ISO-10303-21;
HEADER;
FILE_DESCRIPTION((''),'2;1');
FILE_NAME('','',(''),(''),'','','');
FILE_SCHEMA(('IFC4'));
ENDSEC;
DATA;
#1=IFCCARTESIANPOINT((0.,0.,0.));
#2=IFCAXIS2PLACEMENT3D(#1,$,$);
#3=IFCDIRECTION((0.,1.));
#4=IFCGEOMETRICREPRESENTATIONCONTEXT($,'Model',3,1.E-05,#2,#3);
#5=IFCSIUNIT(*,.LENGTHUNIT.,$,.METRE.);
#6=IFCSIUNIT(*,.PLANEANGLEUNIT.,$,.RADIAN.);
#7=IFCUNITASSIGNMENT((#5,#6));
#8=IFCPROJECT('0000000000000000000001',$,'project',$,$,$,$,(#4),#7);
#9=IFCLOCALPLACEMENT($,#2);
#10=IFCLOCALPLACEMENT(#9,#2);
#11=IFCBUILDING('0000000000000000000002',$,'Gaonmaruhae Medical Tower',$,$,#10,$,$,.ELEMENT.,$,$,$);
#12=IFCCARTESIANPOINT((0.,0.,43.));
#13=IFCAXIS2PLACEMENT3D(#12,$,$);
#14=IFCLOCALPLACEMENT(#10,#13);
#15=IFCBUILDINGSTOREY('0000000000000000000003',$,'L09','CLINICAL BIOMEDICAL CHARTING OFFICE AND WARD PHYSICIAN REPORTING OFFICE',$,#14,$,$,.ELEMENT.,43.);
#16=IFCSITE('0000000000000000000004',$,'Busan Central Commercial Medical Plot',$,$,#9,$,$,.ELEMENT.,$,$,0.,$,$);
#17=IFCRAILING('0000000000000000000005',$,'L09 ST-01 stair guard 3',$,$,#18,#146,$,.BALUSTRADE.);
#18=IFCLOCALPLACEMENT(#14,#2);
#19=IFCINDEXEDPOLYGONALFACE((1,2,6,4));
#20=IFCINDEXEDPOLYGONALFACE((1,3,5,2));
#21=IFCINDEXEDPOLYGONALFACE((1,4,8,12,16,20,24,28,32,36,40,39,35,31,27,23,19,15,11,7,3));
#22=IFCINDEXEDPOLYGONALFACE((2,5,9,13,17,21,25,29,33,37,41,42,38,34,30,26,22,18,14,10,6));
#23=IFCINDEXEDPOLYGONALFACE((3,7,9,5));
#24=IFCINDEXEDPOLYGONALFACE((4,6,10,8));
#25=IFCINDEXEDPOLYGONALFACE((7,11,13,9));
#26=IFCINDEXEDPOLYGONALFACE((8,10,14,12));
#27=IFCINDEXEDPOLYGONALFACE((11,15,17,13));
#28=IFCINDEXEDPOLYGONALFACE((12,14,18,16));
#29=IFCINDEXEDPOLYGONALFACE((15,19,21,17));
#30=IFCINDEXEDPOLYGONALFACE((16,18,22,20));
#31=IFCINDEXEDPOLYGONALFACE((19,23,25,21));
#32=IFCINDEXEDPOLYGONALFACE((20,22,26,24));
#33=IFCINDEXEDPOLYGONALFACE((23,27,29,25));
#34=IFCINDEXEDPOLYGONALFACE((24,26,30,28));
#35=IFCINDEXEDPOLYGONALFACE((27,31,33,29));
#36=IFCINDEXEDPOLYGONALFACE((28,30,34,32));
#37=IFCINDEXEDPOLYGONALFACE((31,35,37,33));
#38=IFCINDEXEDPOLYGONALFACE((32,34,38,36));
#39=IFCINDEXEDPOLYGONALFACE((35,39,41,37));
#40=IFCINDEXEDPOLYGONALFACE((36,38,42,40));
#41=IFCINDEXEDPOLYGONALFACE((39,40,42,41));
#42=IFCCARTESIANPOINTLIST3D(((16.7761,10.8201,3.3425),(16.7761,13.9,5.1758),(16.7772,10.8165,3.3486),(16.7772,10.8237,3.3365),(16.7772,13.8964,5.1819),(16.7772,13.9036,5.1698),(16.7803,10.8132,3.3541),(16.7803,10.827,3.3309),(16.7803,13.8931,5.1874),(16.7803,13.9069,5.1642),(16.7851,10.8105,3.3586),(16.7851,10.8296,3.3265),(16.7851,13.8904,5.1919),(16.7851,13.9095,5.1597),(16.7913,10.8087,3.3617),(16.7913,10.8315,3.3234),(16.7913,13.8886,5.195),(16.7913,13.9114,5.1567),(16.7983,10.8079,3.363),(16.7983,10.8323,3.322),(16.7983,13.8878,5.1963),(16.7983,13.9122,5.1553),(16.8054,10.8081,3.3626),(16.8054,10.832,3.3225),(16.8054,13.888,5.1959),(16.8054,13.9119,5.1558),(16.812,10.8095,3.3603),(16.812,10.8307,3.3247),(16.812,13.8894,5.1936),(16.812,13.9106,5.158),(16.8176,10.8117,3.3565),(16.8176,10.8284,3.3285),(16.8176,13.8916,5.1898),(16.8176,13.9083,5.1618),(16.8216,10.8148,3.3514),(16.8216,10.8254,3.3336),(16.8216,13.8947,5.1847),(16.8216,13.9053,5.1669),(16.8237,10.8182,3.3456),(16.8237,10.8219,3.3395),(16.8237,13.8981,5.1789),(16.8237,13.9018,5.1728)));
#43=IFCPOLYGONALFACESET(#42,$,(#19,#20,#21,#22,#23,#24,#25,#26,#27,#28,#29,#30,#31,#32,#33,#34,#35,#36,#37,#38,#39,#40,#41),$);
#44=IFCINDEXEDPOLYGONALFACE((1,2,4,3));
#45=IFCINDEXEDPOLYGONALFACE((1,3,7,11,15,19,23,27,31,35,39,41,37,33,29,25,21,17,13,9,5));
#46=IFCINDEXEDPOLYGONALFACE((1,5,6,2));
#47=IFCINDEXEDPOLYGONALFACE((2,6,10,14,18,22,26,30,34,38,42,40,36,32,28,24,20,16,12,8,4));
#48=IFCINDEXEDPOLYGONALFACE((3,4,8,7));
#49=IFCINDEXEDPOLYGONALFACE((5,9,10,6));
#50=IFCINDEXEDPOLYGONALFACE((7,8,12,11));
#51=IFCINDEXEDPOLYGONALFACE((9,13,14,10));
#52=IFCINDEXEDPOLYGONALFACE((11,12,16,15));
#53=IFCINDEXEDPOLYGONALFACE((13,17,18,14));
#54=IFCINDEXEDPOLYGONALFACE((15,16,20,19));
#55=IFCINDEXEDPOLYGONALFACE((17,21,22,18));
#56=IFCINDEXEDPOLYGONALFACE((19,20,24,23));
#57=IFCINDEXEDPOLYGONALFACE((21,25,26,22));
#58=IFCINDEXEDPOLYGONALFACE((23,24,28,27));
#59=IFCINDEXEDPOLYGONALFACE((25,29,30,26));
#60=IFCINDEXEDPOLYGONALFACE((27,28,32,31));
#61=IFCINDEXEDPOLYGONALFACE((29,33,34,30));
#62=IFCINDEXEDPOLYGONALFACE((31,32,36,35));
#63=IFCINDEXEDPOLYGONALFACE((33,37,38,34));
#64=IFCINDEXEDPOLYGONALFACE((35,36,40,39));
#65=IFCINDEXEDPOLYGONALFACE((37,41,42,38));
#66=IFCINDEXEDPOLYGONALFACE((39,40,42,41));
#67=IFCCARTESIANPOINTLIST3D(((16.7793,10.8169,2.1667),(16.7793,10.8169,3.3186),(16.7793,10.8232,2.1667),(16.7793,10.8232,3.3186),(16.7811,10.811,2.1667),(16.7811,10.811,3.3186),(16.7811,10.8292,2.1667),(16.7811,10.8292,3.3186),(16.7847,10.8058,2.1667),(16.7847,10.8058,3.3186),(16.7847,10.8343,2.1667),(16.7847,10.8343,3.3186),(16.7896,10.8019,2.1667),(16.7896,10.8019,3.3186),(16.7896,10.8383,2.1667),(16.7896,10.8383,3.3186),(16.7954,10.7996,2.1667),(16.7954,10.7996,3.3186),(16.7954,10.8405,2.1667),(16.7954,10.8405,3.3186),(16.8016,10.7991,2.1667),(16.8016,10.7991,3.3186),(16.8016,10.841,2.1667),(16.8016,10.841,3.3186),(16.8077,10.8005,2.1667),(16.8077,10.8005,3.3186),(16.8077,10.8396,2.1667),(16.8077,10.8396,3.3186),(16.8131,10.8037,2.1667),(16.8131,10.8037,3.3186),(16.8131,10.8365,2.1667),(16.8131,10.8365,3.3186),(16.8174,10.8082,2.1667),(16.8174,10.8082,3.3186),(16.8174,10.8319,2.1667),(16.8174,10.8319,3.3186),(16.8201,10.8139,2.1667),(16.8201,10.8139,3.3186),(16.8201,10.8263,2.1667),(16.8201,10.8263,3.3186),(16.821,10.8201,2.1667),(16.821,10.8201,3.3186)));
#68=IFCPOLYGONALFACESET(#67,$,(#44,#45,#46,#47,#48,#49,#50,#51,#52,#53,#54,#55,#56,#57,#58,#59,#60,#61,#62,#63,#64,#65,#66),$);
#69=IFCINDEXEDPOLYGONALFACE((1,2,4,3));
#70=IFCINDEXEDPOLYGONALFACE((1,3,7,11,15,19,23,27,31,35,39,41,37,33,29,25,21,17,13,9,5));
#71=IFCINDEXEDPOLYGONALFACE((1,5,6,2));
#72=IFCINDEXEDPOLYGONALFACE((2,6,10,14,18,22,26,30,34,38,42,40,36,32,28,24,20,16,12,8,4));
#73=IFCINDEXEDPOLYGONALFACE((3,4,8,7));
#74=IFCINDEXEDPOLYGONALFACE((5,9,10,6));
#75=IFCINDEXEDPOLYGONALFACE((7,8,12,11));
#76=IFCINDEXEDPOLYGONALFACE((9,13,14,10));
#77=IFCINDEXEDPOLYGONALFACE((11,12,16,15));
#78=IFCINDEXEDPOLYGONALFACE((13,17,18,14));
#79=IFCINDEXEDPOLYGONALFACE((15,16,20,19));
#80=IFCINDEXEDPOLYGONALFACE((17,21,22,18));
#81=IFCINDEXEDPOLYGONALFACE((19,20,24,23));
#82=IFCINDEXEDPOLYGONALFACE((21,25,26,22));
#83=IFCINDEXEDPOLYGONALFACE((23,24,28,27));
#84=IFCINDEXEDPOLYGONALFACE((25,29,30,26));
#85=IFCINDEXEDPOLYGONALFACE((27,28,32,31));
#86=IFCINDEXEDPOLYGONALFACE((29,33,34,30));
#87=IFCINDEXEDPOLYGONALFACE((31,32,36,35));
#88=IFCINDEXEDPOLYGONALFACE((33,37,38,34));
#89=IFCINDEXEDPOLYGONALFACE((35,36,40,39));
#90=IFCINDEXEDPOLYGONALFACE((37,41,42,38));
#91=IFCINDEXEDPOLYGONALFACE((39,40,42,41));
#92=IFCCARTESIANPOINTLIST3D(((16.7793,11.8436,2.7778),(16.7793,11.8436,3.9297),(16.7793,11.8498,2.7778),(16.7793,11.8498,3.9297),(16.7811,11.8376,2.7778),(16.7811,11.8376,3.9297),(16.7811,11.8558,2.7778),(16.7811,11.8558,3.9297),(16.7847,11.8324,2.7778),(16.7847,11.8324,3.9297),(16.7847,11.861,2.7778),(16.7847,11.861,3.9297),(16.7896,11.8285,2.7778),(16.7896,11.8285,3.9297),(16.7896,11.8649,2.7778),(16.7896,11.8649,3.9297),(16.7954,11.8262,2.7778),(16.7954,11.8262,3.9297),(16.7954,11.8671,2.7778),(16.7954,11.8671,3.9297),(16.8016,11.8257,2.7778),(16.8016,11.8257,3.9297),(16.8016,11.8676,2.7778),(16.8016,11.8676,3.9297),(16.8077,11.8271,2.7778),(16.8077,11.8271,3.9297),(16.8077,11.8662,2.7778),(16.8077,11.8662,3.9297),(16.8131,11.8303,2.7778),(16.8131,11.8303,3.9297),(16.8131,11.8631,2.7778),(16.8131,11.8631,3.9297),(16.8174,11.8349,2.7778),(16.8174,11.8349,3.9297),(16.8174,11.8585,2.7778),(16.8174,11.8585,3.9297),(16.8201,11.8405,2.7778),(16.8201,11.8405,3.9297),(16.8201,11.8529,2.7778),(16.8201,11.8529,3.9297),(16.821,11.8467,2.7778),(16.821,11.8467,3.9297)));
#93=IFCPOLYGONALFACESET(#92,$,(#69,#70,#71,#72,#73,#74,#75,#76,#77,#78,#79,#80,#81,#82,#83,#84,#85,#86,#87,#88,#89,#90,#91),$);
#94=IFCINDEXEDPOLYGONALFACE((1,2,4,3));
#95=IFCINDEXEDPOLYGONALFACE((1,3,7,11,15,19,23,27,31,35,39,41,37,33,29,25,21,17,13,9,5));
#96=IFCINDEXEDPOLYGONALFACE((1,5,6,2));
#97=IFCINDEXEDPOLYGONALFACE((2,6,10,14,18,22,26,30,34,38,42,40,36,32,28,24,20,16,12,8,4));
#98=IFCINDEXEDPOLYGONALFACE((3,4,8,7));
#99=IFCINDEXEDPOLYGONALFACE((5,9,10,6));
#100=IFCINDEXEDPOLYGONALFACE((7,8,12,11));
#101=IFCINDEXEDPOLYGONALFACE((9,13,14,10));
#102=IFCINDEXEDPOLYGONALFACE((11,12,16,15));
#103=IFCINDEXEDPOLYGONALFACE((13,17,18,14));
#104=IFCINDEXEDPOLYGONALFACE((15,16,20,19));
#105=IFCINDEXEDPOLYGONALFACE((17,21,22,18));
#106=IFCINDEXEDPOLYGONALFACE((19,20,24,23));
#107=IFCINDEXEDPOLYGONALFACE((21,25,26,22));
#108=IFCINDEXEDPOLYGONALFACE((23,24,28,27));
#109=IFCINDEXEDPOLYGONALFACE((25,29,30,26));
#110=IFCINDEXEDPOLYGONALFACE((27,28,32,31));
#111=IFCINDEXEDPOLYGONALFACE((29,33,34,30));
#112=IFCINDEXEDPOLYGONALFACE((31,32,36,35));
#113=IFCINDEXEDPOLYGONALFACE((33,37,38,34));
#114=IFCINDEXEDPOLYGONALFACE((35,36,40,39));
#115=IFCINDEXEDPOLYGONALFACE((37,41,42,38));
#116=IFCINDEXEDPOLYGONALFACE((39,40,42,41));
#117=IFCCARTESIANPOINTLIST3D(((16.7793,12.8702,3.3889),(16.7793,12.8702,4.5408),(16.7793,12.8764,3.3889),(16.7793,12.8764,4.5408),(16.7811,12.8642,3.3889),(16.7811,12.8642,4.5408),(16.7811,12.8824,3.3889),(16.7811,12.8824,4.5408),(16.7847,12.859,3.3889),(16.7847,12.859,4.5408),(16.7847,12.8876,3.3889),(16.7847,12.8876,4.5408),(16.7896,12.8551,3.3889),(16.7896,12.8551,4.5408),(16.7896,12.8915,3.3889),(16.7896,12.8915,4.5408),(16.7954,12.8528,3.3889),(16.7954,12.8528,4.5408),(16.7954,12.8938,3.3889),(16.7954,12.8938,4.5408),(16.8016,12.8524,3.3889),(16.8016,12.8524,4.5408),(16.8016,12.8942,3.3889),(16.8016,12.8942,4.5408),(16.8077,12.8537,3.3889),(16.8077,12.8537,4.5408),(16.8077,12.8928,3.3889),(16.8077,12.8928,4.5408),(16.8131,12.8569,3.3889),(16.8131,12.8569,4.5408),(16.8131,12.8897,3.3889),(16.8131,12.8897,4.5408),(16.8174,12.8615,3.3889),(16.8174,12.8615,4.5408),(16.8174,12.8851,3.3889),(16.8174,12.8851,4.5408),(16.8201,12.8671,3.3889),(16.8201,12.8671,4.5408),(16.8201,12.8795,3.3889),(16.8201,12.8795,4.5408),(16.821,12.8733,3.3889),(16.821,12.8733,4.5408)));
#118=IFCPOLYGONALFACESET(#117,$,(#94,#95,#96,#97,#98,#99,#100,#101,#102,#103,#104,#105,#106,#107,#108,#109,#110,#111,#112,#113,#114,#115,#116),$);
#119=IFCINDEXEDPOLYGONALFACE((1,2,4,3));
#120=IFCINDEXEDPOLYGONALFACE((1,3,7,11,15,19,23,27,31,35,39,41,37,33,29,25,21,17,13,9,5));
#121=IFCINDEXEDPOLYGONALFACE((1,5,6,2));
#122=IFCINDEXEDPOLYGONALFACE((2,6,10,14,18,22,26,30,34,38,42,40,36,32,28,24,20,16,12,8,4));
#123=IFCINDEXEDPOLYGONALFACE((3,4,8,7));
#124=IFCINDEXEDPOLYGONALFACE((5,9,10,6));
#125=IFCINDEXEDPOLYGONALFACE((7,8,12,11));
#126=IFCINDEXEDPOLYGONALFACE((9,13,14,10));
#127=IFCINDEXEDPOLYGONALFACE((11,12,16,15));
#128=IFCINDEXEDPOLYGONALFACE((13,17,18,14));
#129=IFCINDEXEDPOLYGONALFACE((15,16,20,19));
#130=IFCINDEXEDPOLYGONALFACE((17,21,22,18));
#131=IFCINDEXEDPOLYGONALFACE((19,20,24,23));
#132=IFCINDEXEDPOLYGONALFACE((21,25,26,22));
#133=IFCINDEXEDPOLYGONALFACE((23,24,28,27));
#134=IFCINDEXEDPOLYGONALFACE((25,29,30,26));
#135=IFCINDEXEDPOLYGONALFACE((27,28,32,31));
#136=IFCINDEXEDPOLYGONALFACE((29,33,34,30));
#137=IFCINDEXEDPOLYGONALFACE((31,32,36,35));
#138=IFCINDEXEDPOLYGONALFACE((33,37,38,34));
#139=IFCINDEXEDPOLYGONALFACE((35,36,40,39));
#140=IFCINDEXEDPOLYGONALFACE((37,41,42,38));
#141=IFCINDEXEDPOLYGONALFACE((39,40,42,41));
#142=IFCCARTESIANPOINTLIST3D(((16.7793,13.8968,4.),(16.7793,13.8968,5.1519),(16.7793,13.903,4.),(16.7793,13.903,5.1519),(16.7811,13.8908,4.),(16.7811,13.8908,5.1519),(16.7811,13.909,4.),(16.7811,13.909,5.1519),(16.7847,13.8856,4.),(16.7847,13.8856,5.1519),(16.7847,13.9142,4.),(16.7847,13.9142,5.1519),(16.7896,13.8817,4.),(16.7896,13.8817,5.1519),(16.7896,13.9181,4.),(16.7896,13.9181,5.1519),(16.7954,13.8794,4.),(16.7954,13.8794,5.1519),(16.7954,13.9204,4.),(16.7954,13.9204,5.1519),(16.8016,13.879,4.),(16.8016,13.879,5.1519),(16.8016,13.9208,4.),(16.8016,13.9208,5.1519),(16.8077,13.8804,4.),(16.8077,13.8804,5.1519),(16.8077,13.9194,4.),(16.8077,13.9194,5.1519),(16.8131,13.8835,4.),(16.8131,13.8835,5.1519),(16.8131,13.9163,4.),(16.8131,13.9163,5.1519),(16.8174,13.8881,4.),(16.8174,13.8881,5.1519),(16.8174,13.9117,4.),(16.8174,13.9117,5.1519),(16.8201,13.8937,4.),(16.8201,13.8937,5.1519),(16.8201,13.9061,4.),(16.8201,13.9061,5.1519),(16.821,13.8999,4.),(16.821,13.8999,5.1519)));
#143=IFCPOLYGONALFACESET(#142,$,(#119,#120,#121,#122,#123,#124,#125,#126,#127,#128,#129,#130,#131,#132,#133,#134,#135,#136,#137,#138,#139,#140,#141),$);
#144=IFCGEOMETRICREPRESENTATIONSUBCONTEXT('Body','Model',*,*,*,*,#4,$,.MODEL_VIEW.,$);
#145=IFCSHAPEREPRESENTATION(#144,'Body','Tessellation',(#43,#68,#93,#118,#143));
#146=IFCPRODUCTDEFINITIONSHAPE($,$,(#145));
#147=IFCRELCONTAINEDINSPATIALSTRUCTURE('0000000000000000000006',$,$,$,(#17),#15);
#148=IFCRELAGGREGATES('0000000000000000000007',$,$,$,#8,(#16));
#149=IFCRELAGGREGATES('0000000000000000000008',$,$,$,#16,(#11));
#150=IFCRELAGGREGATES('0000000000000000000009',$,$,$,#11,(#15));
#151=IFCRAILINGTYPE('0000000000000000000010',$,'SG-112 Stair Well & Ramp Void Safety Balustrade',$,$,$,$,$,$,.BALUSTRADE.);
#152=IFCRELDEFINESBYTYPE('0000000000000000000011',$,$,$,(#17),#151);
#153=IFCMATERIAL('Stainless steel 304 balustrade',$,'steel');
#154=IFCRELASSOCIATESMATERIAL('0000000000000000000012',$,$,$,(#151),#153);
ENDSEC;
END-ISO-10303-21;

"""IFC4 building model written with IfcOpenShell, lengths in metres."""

from ifc_helpers import new_model, si_unit, direction, frame, origin, origin_2d, place, context, subcontext, project, spatial, circle, extrude, material, type_object, element, save


model = new_model("IFC4")

# Units and contexts
model_context = context("Model", 3, precision=1e-05, world=origin(), true_north=direction((0.0, 1.0)))
body_context = subcontext(model_context, "Body", "Model", "MODEL_VIEW")
ifc_project = project(units=[si_unit("LENGTHUNIT", "METRE"), si_unit("PLANEANGLEUNIT", "RADIAN")], contexts=[model_context])

# Site, building, storey
site_placement = place(None, origin())
site = spatial("IfcSite", under=ifc_project, at=site_placement, Name="Busan Central Commercial Medical Plot", CompositionType="ELEMENT", RefElevation=0.0)
building_placement = place(site_placement, origin())
building = spatial("IfcBuilding", under=site, at=building_placement, Name="Gaonmaruhae Medical Tower", CompositionType="ELEMENT")
storey_placement = place(building_placement, frame((0.0, 0.0, 43.0)))
storey = spatial("IfcBuildingStorey", under=building, at=storey_placement, Name="L09", Description="CLINICAL BIOMEDICAL CHARTING OFFICE AND WARD PHYSICIAN REPORTING OFFICE", CompositionType="ELEMENT", Elevation=43.0)

# Railing
ifc_material_1 = material(Name="Stainless steel 304 balustrade", Category="steel")
railing_type_1 = type_object("IfcRailingType", Name="SG-112 Stair Well & Ramp Void Safety Balustrade", PredefinedType="BALUSTRADE", material=ifc_material_1)
railing_1_placement = place(storey_placement, frame((16.8, 10.8201, 2.1667)))
element("IfcRailing", 1, at=railing_1_placement, inside=storey, type_object=railing_type_1, Name="L09 ST-01 stair guard 3", PredefinedType="BALUSTRADE", context=body_context, shape_type="SweptSolid", body=[
    extrude(circle(Radius=0.0239, at=origin_2d()), frame((0.0, 0.0, 1.1758), z_axis=(0.0, 0.859291, 0.511487), x_axis=(-1.0, 0.0, 0.0)), (0.0, 0.0, 1.0), 3.5842),
    extrude(circle(Radius=0.021, at=origin_2d()), origin(), (0.0, 0.0, 1.0), 1.1519),
    extrude(circle(Radius=0.021, at=origin_2d()), frame((0.0, 1.0266, 0.6111)), (0.0, 0.0, 1.0), 1.1519),
    extrude(circle(Radius=0.021, at=origin_2d()), frame((0.0, 2.0532, 1.2222)), (0.0, 0.0, 1.0), 1.1519),
    extrude(circle(Radius=0.021, at=origin_2d()), frame((0.0, 3.0798, 1.8333)), (0.0, 0.0, 1.0), 1.1519),
])

save(model, "model.ifc")
